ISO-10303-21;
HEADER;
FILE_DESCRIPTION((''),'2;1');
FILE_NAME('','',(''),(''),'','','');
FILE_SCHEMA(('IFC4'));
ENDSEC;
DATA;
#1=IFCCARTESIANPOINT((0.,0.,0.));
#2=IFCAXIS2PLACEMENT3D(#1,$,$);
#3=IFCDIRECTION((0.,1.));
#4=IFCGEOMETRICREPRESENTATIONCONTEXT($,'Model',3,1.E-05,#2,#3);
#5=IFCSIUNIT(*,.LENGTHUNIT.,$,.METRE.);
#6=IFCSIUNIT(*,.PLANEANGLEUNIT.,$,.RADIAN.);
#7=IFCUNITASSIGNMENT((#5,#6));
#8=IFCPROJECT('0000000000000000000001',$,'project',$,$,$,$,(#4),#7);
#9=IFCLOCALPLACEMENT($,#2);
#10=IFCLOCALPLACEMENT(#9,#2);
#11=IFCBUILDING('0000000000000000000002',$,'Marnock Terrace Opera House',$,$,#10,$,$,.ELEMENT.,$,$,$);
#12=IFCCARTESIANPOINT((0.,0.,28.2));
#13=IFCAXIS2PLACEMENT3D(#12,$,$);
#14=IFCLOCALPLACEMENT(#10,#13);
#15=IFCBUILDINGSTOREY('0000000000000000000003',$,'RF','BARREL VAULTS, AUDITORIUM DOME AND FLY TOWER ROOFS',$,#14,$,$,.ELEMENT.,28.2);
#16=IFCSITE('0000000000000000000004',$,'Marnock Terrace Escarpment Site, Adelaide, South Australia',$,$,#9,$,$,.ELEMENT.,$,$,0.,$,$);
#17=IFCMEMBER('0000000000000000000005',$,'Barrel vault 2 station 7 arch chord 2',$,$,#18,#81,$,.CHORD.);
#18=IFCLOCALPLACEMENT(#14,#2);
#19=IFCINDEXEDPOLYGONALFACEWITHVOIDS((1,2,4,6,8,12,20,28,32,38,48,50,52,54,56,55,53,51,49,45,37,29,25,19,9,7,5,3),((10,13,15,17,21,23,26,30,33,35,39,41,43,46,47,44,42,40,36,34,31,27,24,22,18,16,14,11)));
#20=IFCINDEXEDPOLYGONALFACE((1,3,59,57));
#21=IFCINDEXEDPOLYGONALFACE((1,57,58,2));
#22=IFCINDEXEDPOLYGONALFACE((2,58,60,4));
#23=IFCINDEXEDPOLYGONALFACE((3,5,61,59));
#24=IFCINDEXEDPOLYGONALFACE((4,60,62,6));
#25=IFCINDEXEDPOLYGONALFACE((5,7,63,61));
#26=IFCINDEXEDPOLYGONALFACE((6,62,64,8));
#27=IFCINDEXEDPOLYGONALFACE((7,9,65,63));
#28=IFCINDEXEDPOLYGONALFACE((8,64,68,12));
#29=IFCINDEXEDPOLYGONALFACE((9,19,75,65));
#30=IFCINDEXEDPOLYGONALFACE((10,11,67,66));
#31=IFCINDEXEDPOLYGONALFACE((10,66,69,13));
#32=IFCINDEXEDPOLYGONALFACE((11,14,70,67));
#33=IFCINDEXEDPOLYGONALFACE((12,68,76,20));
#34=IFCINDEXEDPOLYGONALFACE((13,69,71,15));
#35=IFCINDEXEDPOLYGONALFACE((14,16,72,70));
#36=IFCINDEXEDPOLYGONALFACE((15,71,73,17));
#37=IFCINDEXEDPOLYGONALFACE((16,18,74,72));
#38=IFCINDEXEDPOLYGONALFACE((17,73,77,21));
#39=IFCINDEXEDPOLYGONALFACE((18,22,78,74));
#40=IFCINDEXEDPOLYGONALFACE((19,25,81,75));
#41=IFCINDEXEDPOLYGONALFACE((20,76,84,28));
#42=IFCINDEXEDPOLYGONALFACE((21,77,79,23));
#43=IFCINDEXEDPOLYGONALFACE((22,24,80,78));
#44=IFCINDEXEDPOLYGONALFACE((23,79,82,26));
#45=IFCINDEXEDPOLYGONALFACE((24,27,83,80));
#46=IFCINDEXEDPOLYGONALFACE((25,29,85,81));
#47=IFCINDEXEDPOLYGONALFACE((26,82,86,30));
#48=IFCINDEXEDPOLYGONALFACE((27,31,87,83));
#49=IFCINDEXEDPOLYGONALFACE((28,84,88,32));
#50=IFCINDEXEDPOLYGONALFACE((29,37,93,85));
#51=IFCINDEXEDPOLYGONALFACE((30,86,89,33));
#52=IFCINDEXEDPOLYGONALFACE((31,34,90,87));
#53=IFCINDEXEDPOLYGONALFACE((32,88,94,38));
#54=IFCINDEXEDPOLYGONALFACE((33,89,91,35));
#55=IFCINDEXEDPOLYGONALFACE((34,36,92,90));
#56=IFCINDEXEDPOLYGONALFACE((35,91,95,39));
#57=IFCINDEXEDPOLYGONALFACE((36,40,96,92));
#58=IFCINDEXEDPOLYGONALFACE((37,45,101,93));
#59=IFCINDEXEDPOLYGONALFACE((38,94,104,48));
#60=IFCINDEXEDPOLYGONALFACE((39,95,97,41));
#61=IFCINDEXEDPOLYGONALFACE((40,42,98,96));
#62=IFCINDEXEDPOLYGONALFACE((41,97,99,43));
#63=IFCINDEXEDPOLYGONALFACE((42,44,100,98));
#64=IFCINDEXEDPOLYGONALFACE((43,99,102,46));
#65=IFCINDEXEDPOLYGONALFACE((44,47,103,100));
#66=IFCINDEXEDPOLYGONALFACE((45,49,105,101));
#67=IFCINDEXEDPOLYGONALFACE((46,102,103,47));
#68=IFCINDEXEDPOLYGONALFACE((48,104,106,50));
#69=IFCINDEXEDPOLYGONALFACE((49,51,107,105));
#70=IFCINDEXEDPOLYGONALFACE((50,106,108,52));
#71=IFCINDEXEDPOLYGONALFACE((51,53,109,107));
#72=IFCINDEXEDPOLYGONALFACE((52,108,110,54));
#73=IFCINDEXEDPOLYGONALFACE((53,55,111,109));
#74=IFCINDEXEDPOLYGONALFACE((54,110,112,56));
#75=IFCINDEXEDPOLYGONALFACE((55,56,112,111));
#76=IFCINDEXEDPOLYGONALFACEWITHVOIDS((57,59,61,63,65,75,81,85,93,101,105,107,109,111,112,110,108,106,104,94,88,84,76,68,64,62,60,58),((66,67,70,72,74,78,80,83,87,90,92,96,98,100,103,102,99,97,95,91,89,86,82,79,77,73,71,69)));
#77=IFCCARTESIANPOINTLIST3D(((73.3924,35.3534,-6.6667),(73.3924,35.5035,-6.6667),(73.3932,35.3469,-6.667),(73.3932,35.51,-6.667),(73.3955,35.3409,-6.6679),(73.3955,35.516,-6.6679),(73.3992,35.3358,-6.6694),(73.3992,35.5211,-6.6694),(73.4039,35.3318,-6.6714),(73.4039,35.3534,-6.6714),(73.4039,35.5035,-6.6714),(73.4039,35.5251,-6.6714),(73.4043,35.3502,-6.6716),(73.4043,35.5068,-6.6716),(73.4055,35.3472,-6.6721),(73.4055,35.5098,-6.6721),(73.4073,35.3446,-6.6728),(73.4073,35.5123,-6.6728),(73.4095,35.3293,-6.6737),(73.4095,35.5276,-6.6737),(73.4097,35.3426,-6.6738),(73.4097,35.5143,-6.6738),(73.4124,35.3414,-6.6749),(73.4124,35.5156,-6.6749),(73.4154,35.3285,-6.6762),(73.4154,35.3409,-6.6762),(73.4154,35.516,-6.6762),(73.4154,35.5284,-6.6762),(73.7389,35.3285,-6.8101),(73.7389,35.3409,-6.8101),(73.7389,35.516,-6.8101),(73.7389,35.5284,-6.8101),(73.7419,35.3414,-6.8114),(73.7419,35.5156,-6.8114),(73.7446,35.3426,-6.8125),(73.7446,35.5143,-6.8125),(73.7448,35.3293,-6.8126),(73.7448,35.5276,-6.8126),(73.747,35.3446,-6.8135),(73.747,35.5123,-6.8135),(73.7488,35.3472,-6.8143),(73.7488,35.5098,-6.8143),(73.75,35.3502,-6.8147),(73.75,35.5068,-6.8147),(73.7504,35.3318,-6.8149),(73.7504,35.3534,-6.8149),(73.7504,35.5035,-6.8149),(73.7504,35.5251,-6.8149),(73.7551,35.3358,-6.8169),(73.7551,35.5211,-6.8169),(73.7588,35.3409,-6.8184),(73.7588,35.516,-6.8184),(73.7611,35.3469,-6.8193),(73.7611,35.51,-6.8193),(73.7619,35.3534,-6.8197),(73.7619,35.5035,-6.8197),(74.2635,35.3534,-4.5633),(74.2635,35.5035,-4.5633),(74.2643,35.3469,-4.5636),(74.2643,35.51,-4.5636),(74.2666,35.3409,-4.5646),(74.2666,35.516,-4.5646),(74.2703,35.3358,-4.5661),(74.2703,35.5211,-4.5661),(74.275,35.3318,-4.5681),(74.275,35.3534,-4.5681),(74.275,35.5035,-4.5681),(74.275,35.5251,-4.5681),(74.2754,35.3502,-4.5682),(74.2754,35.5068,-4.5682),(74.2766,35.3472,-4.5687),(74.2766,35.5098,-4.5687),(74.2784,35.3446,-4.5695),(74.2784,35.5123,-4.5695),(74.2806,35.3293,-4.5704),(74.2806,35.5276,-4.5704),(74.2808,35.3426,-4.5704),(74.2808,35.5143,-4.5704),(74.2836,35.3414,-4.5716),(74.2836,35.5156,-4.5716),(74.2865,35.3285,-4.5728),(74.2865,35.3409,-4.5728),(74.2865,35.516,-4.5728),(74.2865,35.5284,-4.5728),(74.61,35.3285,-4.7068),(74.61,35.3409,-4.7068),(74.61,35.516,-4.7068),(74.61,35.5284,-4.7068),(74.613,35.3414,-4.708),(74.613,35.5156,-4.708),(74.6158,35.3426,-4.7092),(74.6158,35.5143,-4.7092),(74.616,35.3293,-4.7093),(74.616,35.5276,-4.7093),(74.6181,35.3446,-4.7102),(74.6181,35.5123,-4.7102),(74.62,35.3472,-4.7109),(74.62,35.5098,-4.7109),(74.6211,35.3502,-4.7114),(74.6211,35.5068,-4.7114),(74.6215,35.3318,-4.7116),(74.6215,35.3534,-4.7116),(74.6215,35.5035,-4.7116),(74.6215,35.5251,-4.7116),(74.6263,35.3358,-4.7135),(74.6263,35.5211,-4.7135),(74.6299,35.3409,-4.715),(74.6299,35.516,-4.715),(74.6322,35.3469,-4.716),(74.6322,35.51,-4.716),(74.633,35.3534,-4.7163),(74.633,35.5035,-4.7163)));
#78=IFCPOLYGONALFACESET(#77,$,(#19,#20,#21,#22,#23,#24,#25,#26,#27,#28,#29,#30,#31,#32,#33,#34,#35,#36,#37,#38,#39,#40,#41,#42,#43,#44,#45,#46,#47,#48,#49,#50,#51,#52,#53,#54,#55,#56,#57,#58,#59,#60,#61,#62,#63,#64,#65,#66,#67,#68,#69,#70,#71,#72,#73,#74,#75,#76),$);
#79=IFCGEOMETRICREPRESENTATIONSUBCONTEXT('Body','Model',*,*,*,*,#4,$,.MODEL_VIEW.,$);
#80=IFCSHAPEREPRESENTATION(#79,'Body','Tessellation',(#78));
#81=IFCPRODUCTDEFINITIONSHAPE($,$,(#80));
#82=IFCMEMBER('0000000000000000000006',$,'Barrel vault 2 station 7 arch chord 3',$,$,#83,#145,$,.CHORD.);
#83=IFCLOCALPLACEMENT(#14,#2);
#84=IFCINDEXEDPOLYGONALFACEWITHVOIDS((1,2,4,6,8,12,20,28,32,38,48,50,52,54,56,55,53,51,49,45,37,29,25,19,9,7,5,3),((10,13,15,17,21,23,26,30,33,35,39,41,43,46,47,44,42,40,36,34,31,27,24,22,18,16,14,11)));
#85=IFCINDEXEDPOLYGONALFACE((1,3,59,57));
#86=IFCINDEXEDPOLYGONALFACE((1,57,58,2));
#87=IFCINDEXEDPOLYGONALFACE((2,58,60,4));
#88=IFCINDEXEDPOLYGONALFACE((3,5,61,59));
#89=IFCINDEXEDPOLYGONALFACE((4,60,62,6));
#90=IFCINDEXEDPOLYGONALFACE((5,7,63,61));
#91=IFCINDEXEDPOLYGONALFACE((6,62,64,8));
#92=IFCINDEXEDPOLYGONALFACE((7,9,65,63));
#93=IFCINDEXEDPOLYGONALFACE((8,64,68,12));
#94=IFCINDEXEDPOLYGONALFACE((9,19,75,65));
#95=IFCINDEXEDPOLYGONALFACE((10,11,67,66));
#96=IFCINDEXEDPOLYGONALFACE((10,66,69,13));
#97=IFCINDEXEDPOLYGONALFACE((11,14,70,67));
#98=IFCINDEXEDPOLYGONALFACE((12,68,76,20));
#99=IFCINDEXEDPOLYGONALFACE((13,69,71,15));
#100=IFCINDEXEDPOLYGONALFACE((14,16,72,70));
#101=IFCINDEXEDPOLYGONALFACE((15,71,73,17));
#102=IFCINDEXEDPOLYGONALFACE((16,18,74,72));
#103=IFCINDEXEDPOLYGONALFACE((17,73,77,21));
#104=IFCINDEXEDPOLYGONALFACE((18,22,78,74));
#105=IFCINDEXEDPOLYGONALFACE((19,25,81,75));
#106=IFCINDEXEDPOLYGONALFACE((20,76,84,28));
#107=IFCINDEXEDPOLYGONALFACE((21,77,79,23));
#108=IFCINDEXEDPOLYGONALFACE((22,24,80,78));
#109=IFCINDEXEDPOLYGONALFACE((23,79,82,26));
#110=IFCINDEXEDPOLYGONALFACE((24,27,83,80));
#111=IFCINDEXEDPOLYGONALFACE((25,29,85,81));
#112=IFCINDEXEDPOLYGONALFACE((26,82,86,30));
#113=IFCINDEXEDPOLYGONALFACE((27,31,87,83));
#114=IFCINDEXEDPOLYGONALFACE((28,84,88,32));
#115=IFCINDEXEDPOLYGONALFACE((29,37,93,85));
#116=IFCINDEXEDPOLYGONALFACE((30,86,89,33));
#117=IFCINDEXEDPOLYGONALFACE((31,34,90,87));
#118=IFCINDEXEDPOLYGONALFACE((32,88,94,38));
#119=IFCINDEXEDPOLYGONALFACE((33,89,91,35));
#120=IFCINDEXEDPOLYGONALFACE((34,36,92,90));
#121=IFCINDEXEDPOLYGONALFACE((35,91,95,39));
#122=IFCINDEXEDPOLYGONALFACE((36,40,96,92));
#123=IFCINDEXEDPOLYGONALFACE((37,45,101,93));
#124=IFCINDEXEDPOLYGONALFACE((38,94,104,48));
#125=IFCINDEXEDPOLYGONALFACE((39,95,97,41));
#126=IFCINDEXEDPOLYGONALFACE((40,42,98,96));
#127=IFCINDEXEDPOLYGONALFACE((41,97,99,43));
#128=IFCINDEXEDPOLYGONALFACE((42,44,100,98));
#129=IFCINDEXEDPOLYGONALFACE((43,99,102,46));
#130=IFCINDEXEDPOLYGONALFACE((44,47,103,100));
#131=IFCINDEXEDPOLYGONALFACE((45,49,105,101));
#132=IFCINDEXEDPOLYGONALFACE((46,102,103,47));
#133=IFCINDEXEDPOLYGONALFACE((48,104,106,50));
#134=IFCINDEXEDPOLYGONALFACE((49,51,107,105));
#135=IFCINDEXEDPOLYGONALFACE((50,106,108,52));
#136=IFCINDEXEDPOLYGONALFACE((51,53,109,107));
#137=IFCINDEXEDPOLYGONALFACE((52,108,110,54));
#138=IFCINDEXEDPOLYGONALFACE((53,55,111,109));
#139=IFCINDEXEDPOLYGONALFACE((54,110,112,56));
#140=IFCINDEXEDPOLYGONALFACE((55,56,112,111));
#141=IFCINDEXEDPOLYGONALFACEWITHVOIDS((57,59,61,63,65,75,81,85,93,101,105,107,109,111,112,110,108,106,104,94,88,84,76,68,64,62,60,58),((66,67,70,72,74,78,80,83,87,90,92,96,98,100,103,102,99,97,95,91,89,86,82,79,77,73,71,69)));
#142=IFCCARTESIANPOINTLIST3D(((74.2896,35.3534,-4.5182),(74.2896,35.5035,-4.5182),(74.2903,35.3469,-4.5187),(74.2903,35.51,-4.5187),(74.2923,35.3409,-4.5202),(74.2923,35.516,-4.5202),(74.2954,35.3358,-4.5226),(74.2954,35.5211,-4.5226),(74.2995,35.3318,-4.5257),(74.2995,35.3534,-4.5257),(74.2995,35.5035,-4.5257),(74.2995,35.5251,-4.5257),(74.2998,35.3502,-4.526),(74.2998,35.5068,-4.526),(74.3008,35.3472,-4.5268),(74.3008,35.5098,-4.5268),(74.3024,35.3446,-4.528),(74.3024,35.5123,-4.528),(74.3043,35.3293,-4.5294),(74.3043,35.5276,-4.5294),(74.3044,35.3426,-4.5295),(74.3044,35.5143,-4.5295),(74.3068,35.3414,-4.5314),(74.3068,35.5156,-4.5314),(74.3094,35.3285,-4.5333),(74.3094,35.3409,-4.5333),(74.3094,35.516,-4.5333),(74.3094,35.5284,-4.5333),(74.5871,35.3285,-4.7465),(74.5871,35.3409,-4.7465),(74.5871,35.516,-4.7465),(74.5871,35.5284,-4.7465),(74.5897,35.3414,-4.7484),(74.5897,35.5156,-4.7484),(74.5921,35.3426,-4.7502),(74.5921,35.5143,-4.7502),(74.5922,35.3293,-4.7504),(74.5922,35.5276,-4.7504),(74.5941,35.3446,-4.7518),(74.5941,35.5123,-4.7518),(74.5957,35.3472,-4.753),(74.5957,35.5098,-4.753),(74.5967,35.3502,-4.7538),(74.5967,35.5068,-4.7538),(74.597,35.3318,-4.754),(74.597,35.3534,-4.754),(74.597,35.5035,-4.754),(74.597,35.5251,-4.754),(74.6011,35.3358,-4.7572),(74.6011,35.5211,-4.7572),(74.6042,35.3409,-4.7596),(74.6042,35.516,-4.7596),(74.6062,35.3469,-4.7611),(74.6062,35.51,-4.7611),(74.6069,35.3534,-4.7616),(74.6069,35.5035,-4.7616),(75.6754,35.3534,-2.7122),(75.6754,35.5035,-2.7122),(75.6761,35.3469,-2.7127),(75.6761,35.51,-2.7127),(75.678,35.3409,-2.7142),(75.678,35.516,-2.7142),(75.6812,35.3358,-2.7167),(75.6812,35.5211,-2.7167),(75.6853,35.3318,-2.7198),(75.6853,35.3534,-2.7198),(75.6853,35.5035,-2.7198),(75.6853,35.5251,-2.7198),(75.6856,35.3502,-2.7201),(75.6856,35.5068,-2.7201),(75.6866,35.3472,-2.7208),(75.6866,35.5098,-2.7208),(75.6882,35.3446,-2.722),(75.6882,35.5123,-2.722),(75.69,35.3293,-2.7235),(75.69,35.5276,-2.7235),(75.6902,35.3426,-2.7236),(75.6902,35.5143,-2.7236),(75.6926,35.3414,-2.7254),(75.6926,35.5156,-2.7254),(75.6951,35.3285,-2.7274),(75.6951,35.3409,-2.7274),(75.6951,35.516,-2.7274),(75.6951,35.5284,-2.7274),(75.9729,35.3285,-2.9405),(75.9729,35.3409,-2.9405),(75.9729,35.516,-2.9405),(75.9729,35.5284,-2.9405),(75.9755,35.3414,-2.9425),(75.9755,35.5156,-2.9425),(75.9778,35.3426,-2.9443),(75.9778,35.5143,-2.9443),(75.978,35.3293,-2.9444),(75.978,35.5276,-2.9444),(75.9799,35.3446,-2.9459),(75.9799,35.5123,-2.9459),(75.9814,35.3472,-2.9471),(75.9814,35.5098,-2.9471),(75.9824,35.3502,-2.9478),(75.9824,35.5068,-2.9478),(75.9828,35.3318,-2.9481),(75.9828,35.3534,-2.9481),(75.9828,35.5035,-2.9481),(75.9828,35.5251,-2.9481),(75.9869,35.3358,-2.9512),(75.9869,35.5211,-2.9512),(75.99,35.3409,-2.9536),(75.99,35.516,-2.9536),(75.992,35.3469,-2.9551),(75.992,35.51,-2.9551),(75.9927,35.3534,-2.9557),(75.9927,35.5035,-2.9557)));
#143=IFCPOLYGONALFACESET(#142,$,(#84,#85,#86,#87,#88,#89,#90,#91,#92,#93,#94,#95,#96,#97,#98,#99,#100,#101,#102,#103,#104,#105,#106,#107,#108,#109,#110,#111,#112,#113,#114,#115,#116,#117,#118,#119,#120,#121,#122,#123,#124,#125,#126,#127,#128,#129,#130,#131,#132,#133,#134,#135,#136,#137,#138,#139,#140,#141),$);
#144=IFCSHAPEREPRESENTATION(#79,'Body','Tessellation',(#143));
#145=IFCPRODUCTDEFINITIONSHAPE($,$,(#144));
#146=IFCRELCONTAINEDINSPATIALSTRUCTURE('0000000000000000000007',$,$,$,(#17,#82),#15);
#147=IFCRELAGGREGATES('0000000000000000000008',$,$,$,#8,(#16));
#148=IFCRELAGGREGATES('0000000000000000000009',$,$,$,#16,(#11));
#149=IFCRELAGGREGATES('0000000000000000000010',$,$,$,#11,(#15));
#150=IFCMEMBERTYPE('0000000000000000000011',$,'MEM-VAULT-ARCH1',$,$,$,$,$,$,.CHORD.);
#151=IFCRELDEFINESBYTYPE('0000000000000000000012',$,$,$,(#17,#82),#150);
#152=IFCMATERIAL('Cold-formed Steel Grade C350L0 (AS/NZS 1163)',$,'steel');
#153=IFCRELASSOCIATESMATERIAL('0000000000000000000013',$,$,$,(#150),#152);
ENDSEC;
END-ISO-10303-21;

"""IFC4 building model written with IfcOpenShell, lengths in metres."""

from ifc_helpers import new_model, si_unit, direction, frame, origin, origin_2d, place, context, subcontext, project, spatial, hollow_rectangle, extrude, material, material_profile, profile_set, type_object, element, save


model = new_model("IFC4")

# Units and contexts
model_context = context("Model", 3, precision=1e-05, world=origin(), true_north=direction((0.0, 1.0)))
body_context = subcontext(model_context, "Body", "Model", "MODEL_VIEW")
ifc_project = project(units=[si_unit("LENGTHUNIT", "METRE"), si_unit("PLANEANGLEUNIT", "RADIAN")], contexts=[model_context])

# Site, building, storey
site_placement = place(None, origin())
site = spatial("IfcSite", under=ifc_project, at=site_placement, Name="Marnock Terrace Escarpment Site, Adelaide, South Australia", CompositionType="ELEMENT", RefElevation=0.0)
building_placement = place(site_placement, origin())
building = spatial("IfcBuilding", under=site, at=building_placement, Name="Marnock Terrace Opera House", CompositionType="ELEMENT")
storey_placement = place(building_placement, frame((0.0, 0.0, 28.2)))
storey = spatial("IfcBuildingStorey", under=building, at=storey_placement, Name="RF", Description="BARREL VAULTS, AUDITORIUM DOME AND FLY TOWER ROOFS", CompositionType="ELEMENT", Elevation=28.2)

# Members
ifc_material_1 = material(Name="Cold-formed Steel Grade C350L0 (AS/NZS 1163)", Category="steel")
ifc_material_profile_1 = material_profile(ifc_material_1, hollow_rectangle(XDim=0.2, YDim=0.3999, WallThickness=0.0125, InnerFilletRadius=0.0125, OuterFilletRadius=0.0249, at=origin_2d()))
ifc_profile_set_1 = profile_set([ifc_material_profile_1], Name="Cold-formed Steel Grade C350L0 (AS/NZS 1163)")
member_type_1 = type_object("IfcMemberType", Name="MEM-VAULT-ARCH1", PredefinedType="CHORD", material=ifc_profile_set_1)
member_1_placement = place(storey_placement, frame((73.5771, 35.4285, -6.7432), z_axis=(0.382642, 0.0, 0.923897), x_axis=(0.0, 1.0, 0.0)))
element("IfcMember", 1, at=member_1_placement, inside=storey, type_object=member_type_1, Name="Barrel vault 2 station 7 arch chord 2", PredefinedType="CHORD", context=body_context, shape_type="SweptSolid", body=[
    extrude(hollow_rectangle(XDim=0.2, YDim=0.3999, WallThickness=0.0125, InnerFilletRadius=0.0125, OuterFilletRadius=0.0249, at=origin_2d()), origin(), (0.0, 0.0, 1.0), 2.2766),
])
for number, where, z_axis, x_axis, name in (
    (2, (74.4482, 35.4285, -4.6399), (0.608767, 0.0, 0.793349), (0.0, 1.0, 0.0), "Barrel vault 2 station 7 arch chord 3"),
):
    element("IfcMember", number, at=place(storey_placement, frame(where, z_axis=z_axis, x_axis=x_axis)), inside=storey, type_object=member_type_1, Name=name, PredefinedType="CHORD", context=body_context, shape_type="SweptSolid", body=[
        extrude(hollow_rectangle(XDim=0.2, YDim=0.3999, WallThickness=0.0125, InnerFilletRadius=0.0125, OuterFilletRadius=0.0249, at=origin_2d()), origin(), (0.0, 0.0, 1.0), 2.2764),
    ])

save(model, "model.ifc")
